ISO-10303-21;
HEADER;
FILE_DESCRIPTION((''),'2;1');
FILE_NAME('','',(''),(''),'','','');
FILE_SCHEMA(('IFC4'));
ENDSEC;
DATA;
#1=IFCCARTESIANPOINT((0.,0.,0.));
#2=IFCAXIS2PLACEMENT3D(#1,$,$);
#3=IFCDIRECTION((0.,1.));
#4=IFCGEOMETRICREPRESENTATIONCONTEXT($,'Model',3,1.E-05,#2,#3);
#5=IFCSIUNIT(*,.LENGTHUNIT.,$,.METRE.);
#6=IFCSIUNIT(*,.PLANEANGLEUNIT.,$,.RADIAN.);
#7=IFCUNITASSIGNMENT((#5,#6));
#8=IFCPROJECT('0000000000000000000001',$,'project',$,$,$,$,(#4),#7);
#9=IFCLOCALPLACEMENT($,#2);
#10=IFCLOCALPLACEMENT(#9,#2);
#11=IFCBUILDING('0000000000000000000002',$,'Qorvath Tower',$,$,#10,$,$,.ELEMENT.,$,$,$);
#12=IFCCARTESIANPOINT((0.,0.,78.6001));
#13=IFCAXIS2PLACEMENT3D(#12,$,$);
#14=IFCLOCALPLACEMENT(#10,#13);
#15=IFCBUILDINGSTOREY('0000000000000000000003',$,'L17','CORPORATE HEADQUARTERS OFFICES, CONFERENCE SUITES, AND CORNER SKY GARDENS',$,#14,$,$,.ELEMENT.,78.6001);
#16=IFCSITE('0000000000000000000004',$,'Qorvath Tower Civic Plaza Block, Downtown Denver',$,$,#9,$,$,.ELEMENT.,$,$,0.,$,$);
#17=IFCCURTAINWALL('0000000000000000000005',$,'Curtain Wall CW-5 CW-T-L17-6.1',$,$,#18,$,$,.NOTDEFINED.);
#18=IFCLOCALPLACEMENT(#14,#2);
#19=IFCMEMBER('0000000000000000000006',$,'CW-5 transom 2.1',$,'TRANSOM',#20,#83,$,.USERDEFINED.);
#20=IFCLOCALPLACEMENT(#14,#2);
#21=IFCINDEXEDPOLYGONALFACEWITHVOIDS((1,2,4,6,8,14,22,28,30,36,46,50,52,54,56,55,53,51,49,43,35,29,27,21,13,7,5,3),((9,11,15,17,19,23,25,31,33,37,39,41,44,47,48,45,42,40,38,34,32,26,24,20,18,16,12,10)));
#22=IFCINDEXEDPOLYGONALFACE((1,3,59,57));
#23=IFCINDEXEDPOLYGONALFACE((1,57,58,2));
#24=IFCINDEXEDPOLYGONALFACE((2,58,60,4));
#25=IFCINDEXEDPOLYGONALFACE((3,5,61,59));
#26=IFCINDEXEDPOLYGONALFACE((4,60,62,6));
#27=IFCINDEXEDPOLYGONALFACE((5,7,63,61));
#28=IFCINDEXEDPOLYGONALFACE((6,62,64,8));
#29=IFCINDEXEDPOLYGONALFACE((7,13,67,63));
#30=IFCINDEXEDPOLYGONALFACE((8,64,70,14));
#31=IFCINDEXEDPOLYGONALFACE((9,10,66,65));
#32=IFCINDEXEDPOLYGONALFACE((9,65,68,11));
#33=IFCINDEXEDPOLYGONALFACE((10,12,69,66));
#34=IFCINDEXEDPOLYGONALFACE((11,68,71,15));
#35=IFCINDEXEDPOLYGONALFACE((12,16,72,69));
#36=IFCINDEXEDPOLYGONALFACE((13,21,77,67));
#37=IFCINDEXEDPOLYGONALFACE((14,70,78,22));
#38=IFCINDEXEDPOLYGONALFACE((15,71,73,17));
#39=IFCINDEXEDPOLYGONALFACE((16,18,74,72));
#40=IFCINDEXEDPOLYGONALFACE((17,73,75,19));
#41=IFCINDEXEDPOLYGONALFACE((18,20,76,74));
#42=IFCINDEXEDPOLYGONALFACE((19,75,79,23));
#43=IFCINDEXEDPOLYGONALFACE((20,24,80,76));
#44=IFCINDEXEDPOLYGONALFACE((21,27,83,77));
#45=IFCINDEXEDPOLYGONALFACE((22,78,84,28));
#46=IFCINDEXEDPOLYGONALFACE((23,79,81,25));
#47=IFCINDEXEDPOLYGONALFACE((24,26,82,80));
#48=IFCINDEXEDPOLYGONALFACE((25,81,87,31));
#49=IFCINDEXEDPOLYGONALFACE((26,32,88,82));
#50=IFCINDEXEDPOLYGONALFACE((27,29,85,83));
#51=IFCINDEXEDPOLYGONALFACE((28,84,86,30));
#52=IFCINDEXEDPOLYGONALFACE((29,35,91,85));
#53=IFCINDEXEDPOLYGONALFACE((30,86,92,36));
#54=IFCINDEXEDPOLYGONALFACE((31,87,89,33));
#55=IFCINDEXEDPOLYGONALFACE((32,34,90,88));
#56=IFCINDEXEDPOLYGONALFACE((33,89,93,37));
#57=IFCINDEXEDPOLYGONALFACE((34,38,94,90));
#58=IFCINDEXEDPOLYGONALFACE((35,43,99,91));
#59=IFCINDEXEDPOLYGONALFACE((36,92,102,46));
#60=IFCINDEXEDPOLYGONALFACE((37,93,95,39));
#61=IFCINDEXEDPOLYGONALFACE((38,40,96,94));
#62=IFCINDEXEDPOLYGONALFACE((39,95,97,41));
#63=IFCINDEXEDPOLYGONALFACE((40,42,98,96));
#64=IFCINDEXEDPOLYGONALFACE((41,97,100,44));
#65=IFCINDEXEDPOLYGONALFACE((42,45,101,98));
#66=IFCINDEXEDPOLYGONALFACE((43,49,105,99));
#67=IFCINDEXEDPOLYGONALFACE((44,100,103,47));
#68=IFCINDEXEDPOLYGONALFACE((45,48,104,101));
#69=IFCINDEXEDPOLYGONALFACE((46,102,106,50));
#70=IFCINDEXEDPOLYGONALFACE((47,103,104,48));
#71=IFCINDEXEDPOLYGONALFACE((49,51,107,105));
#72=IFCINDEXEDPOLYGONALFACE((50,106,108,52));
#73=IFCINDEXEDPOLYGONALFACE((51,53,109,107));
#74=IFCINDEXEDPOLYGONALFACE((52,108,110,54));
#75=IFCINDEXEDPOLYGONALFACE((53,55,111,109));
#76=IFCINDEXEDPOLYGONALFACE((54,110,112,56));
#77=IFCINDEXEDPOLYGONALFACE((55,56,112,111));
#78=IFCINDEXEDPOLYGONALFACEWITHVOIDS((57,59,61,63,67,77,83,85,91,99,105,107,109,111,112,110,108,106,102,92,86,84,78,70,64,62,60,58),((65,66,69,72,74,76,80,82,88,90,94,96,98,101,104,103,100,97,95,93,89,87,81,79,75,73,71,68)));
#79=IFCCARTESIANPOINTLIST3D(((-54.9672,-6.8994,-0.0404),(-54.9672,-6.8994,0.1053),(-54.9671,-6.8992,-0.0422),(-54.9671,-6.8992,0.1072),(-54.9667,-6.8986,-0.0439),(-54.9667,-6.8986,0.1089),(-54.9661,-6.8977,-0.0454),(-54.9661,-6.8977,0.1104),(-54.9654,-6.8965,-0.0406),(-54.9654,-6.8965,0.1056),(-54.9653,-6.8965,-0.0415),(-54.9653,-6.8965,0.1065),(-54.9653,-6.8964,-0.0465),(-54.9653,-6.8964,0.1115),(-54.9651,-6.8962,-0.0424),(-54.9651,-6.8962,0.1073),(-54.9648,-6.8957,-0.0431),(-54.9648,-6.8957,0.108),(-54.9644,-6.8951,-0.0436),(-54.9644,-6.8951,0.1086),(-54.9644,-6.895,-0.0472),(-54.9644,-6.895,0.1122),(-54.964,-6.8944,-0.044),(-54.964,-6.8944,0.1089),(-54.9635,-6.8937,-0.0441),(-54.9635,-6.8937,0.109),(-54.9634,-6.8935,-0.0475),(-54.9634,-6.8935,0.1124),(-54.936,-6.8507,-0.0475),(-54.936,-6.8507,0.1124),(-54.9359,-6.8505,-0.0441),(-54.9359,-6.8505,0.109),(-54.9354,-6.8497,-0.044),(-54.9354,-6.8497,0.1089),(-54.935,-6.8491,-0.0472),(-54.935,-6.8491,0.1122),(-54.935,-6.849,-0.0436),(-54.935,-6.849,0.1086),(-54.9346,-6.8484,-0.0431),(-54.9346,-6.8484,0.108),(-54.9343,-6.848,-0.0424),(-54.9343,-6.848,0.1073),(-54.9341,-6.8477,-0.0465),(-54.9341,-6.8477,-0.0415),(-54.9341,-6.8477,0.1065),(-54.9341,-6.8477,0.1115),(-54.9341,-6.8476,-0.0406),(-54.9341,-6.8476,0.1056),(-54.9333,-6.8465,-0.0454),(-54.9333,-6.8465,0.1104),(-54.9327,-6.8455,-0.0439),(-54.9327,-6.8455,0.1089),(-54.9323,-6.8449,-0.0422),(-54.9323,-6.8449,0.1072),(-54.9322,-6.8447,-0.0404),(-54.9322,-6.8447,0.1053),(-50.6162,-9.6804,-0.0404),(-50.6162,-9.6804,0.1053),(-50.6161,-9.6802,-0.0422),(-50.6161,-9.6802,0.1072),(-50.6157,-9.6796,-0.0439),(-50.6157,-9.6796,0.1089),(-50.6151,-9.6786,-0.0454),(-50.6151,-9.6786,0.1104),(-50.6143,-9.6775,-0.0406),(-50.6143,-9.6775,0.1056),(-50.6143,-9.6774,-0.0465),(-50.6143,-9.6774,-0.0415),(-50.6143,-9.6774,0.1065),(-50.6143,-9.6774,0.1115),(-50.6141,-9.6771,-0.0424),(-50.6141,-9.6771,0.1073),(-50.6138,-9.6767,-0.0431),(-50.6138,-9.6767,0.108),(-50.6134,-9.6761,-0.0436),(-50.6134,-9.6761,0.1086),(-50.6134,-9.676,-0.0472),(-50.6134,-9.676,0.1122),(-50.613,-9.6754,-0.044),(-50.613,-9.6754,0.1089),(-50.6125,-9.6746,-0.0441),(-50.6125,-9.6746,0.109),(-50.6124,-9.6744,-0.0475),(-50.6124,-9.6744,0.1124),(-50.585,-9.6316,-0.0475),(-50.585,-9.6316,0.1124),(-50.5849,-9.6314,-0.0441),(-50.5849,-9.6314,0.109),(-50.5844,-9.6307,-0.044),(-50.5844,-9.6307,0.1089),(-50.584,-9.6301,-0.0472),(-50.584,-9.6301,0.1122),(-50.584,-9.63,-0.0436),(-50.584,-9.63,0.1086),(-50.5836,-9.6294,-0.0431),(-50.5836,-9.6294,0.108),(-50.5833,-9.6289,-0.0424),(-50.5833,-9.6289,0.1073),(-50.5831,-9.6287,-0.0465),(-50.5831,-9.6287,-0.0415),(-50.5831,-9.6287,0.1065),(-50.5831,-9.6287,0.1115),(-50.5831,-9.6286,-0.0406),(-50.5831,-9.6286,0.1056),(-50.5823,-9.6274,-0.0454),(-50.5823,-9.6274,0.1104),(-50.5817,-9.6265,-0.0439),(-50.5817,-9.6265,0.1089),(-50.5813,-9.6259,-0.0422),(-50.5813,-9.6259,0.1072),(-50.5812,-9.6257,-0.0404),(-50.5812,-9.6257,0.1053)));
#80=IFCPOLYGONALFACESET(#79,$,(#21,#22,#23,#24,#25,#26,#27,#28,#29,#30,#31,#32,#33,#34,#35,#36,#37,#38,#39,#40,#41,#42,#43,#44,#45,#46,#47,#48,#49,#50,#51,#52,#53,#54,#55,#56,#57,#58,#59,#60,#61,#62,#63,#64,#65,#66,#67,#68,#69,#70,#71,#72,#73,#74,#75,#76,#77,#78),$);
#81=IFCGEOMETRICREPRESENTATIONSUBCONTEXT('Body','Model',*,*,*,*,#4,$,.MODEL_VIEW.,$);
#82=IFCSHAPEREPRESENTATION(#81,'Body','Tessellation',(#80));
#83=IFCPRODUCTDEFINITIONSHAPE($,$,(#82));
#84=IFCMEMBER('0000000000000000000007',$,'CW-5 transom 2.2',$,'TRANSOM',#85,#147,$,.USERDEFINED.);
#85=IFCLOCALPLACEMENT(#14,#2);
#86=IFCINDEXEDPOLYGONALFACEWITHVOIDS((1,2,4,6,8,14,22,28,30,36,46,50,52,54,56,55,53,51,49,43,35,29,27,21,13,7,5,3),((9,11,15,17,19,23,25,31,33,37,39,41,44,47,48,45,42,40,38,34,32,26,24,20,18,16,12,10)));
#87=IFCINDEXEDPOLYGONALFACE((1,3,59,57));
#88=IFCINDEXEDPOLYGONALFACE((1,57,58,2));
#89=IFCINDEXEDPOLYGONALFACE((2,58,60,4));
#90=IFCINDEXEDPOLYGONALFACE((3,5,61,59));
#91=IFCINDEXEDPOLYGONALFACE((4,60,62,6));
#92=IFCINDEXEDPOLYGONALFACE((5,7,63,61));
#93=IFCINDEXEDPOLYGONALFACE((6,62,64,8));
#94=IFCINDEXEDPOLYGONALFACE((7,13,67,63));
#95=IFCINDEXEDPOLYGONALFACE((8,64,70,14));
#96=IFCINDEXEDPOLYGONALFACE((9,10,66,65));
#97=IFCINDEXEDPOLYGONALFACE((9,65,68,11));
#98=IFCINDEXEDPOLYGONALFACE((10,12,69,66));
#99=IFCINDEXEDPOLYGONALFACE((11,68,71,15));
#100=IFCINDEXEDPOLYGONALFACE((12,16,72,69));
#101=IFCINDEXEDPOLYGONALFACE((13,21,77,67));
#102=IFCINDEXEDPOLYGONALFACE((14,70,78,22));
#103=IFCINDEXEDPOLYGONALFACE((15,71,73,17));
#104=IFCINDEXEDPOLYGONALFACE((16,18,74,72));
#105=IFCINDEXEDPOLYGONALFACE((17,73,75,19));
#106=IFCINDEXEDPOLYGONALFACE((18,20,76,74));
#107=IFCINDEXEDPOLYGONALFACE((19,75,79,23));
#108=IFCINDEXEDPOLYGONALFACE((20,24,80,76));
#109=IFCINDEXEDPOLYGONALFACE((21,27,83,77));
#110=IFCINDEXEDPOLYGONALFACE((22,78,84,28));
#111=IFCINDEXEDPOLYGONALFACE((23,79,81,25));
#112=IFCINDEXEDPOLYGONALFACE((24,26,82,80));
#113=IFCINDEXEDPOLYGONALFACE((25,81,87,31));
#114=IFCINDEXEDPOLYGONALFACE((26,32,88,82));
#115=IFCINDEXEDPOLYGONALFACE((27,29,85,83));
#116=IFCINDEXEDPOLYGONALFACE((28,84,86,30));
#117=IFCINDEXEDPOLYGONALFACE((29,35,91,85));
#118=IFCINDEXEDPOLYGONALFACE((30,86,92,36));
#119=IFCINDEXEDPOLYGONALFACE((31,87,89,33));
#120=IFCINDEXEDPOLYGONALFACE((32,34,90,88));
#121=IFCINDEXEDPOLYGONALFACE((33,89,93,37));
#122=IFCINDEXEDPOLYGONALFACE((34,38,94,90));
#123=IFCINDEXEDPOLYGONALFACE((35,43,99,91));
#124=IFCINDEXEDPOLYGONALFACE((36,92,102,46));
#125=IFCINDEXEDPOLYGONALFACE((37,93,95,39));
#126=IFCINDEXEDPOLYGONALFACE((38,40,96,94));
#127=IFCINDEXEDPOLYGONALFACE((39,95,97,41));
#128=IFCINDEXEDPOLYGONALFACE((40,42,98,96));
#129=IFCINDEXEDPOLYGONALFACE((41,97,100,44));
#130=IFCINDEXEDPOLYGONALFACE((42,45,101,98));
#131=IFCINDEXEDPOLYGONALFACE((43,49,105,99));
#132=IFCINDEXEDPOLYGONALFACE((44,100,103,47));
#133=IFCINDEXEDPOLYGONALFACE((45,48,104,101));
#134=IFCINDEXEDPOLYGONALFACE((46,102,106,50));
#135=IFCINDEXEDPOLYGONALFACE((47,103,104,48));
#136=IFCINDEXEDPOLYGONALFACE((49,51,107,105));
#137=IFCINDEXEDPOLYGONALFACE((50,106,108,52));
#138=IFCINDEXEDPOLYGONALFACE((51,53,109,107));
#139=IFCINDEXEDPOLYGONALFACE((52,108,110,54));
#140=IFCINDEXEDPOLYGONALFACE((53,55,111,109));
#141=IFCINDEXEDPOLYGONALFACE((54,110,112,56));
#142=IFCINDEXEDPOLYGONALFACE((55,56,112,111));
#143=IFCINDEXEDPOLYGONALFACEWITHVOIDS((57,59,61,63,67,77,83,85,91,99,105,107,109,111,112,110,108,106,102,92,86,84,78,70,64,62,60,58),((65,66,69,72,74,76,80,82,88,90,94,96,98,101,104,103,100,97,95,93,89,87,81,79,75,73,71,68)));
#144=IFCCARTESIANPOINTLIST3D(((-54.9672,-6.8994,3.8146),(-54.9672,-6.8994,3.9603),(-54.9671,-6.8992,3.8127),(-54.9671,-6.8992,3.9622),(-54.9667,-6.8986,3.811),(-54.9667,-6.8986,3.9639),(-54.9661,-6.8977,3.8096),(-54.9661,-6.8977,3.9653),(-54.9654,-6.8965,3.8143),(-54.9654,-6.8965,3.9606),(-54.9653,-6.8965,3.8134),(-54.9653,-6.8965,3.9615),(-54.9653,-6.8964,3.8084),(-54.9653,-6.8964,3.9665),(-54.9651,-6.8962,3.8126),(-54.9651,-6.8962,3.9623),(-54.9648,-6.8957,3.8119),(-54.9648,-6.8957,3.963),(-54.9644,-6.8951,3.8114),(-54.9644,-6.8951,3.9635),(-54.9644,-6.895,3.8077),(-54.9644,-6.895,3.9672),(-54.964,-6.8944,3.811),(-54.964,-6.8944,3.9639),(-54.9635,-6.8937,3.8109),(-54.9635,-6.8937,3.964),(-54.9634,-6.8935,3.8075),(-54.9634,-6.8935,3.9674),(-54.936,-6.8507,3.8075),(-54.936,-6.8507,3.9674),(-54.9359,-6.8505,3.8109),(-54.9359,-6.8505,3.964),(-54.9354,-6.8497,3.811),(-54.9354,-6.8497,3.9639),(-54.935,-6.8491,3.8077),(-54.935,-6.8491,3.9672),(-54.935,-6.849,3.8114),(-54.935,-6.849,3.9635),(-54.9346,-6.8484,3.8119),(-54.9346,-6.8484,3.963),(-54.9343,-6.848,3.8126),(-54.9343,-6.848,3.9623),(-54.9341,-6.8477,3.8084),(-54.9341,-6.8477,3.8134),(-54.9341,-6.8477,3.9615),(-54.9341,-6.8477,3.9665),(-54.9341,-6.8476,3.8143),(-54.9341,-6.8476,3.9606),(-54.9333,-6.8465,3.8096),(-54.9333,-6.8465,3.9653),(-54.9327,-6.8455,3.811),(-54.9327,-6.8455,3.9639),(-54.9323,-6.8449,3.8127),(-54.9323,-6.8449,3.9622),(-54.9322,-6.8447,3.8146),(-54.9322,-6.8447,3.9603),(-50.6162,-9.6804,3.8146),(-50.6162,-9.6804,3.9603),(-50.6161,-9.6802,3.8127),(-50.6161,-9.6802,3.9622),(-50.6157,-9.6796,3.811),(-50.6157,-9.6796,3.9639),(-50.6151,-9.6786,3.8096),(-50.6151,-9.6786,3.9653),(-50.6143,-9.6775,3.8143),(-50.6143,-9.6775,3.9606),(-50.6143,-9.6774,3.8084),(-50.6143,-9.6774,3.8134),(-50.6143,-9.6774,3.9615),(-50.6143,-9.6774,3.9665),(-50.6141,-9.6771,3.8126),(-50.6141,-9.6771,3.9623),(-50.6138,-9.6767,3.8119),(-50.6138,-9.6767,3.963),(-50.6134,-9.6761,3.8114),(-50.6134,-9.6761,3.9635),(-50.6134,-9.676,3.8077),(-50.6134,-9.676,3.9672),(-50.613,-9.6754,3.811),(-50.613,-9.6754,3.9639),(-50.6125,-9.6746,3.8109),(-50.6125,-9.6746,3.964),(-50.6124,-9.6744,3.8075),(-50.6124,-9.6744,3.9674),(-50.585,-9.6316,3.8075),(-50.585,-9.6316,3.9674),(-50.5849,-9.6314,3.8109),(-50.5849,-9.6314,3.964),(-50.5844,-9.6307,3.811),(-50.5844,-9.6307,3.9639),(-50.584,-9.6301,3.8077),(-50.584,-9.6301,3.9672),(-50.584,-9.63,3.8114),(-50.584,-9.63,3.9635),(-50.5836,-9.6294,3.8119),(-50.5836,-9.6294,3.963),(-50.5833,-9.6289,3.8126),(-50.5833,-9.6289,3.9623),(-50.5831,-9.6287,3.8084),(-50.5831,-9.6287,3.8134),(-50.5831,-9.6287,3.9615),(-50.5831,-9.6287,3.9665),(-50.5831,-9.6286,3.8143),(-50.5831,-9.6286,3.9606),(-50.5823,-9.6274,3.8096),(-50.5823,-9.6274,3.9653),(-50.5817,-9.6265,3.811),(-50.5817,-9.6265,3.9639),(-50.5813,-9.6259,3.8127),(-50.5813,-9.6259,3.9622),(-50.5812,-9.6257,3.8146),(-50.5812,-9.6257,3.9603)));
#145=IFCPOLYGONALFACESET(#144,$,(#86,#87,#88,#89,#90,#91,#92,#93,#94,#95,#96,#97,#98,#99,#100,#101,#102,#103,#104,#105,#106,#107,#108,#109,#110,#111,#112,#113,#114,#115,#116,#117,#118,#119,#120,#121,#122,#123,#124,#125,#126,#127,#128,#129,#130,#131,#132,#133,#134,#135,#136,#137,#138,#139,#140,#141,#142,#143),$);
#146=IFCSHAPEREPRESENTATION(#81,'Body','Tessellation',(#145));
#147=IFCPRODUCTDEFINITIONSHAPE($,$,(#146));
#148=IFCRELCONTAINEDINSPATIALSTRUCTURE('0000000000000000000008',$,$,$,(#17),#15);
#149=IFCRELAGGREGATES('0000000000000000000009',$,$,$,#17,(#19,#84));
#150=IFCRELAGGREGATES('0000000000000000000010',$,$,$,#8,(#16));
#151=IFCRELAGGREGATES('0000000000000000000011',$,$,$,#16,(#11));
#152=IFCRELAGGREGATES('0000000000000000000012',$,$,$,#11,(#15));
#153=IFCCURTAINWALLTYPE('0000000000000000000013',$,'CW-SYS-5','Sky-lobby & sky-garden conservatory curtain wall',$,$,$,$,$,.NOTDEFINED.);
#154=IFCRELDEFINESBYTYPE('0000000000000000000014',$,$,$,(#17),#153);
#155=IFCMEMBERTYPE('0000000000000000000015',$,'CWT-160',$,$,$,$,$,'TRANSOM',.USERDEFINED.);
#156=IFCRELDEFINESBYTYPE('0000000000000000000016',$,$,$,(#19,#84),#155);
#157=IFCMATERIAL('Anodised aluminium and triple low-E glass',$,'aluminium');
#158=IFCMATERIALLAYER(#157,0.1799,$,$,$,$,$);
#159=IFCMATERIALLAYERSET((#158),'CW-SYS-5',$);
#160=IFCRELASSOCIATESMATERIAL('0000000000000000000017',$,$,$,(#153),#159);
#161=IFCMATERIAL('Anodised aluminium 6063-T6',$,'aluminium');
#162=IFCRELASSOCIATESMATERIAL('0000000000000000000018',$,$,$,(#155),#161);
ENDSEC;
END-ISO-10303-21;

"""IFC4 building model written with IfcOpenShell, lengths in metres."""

from ifc_helpers import new_model, si_unit, direction, frame, origin, origin_2d, place, context, subcontext, project, spatial, hollow_rectangle, extrude, material, layer, layer_set, material_profile, profile_set, type_object, element, aggregate, save


model = new_model("IFC4")

# Units and contexts
model_context = context("Model", 3, precision=1e-05, world=origin(), true_north=direction((0.0, 1.0)))
body_context = subcontext(model_context, "Body", "Model", "MODEL_VIEW")
ifc_project = project(units=[si_unit("LENGTHUNIT", "METRE"), si_unit("PLANEANGLEUNIT", "RADIAN")], contexts=[model_context])

# Site, building, storey
site_placement = place(None, origin())
site = spatial("IfcSite", under=ifc_project, at=site_placement, Name="Qorvath Tower Civic Plaza Block, Downtown Denver", CompositionType="ELEMENT", RefElevation=0.0)
building_placement = place(site_placement, origin())
building = spatial("IfcBuilding", under=site, at=building_placement, Name="Qorvath Tower", CompositionType="ELEMENT")
storey_placement = place(building_placement, frame((0.0, 0.0, 78.6001)))
storey = spatial("IfcBuildingStorey", under=building, at=storey_placement, Name="L17", Description="CORPORATE HEADQUARTERS OFFICES, CONFERENCE SUITES, AND CORNER SKY GARDENS", CompositionType="ELEMENT", Elevation=78.6001)

# Shared definitions
ifc_material_1 = material(Name="Anodised aluminium and triple low-E glass", Category="aluminium")
ifc_layer_1 = layer(ifc_material_1, 0.1799)
ifc_layer_set_1 = layer_set([ifc_layer_1], Name="CW-SYS-5")
curtain_wall_type = type_object("IfcCurtainWallType", Name="CW-SYS-5", Description="Sky-lobby & sky-garden conservatory curtain wall", PredefinedType="NOTDEFINED", material=ifc_layer_set_1)

# Curtain wall, members
curtain_wall_1_placement = place(storey_placement, origin())
curtain_wall_1 = element("IfcCurtainWall", 1, at=curtain_wall_1_placement, inside=storey, type_object=curtain_wall_type, Name="Curtain Wall CW-5 CW-T-L17-6.1", PredefinedType="NOTDEFINED")
ifc_material_2 = material(Name="Anodised aluminium 6063-T6", Category="aluminium")
ifc_material_profile_1 = material_profile(ifc_material_2, hollow_rectangle(XDim=0.0649, YDim=0.1599, WallThickness=0.0034, InnerFilletRadius=0.0034, OuterFilletRadius=0.0071, at=origin_2d()), Name="CWT 160x65")
ifc_profile_set_1 = profile_set([ifc_material_profile_1], Name="Anodised aluminium 6063-T6")
member_type_1 = type_object("IfcMemberType", Name="CWT-160", ElementType="TRANSOM", PredefinedType="USERDEFINED", material=ifc_profile_set_1)
member_1_placement = place(storey_placement, frame((-54.9497, -6.8721, 0.0325), z_axis=(0.842595, -0.538548, 0.0), x_axis=(0.538548, 0.842595, 0.0)))
member_1 = element("IfcMember", 2, at=member_1_placement, type_object=member_type_1, Name="CW-5 transom 2.1", ObjectType="TRANSOM", PredefinedType="USERDEFINED", context=body_context, shape_type="SweptSolid", body=[
    extrude(hollow_rectangle(XDim=0.0649, YDim=0.1599, WallThickness=0.0034, InnerFilletRadius=0.0034, OuterFilletRadius=0.0071, at=origin_2d()), origin(), (0.0, 0.0, 1.0), 5.1638),
])
member_2_placement = place(storey_placement, frame((-54.9497, -6.8721, 3.8875), z_axis=(0.842595, -0.538548, 0.0), x_axis=(0.538548, 0.842595, 0.0)))
member_2 = element("IfcMember", 3, at=member_2_placement, type_object=member_type_1, Name="CW-5 transom 2.2", ObjectType="TRANSOM", PredefinedType="USERDEFINED", context=body_context, shape_type="SweptSolid", body=[
    extrude(hollow_rectangle(XDim=0.0649, YDim=0.1599, WallThickness=0.0034, InnerFilletRadius=0.0034, OuterFilletRadius=0.0071, at=origin_2d()), origin(), (0.0, 0.0, 1.0), 5.1638),
])

aggregate(curtain_wall_1, [member_1, member_2])

save(model, "model.ifc")
